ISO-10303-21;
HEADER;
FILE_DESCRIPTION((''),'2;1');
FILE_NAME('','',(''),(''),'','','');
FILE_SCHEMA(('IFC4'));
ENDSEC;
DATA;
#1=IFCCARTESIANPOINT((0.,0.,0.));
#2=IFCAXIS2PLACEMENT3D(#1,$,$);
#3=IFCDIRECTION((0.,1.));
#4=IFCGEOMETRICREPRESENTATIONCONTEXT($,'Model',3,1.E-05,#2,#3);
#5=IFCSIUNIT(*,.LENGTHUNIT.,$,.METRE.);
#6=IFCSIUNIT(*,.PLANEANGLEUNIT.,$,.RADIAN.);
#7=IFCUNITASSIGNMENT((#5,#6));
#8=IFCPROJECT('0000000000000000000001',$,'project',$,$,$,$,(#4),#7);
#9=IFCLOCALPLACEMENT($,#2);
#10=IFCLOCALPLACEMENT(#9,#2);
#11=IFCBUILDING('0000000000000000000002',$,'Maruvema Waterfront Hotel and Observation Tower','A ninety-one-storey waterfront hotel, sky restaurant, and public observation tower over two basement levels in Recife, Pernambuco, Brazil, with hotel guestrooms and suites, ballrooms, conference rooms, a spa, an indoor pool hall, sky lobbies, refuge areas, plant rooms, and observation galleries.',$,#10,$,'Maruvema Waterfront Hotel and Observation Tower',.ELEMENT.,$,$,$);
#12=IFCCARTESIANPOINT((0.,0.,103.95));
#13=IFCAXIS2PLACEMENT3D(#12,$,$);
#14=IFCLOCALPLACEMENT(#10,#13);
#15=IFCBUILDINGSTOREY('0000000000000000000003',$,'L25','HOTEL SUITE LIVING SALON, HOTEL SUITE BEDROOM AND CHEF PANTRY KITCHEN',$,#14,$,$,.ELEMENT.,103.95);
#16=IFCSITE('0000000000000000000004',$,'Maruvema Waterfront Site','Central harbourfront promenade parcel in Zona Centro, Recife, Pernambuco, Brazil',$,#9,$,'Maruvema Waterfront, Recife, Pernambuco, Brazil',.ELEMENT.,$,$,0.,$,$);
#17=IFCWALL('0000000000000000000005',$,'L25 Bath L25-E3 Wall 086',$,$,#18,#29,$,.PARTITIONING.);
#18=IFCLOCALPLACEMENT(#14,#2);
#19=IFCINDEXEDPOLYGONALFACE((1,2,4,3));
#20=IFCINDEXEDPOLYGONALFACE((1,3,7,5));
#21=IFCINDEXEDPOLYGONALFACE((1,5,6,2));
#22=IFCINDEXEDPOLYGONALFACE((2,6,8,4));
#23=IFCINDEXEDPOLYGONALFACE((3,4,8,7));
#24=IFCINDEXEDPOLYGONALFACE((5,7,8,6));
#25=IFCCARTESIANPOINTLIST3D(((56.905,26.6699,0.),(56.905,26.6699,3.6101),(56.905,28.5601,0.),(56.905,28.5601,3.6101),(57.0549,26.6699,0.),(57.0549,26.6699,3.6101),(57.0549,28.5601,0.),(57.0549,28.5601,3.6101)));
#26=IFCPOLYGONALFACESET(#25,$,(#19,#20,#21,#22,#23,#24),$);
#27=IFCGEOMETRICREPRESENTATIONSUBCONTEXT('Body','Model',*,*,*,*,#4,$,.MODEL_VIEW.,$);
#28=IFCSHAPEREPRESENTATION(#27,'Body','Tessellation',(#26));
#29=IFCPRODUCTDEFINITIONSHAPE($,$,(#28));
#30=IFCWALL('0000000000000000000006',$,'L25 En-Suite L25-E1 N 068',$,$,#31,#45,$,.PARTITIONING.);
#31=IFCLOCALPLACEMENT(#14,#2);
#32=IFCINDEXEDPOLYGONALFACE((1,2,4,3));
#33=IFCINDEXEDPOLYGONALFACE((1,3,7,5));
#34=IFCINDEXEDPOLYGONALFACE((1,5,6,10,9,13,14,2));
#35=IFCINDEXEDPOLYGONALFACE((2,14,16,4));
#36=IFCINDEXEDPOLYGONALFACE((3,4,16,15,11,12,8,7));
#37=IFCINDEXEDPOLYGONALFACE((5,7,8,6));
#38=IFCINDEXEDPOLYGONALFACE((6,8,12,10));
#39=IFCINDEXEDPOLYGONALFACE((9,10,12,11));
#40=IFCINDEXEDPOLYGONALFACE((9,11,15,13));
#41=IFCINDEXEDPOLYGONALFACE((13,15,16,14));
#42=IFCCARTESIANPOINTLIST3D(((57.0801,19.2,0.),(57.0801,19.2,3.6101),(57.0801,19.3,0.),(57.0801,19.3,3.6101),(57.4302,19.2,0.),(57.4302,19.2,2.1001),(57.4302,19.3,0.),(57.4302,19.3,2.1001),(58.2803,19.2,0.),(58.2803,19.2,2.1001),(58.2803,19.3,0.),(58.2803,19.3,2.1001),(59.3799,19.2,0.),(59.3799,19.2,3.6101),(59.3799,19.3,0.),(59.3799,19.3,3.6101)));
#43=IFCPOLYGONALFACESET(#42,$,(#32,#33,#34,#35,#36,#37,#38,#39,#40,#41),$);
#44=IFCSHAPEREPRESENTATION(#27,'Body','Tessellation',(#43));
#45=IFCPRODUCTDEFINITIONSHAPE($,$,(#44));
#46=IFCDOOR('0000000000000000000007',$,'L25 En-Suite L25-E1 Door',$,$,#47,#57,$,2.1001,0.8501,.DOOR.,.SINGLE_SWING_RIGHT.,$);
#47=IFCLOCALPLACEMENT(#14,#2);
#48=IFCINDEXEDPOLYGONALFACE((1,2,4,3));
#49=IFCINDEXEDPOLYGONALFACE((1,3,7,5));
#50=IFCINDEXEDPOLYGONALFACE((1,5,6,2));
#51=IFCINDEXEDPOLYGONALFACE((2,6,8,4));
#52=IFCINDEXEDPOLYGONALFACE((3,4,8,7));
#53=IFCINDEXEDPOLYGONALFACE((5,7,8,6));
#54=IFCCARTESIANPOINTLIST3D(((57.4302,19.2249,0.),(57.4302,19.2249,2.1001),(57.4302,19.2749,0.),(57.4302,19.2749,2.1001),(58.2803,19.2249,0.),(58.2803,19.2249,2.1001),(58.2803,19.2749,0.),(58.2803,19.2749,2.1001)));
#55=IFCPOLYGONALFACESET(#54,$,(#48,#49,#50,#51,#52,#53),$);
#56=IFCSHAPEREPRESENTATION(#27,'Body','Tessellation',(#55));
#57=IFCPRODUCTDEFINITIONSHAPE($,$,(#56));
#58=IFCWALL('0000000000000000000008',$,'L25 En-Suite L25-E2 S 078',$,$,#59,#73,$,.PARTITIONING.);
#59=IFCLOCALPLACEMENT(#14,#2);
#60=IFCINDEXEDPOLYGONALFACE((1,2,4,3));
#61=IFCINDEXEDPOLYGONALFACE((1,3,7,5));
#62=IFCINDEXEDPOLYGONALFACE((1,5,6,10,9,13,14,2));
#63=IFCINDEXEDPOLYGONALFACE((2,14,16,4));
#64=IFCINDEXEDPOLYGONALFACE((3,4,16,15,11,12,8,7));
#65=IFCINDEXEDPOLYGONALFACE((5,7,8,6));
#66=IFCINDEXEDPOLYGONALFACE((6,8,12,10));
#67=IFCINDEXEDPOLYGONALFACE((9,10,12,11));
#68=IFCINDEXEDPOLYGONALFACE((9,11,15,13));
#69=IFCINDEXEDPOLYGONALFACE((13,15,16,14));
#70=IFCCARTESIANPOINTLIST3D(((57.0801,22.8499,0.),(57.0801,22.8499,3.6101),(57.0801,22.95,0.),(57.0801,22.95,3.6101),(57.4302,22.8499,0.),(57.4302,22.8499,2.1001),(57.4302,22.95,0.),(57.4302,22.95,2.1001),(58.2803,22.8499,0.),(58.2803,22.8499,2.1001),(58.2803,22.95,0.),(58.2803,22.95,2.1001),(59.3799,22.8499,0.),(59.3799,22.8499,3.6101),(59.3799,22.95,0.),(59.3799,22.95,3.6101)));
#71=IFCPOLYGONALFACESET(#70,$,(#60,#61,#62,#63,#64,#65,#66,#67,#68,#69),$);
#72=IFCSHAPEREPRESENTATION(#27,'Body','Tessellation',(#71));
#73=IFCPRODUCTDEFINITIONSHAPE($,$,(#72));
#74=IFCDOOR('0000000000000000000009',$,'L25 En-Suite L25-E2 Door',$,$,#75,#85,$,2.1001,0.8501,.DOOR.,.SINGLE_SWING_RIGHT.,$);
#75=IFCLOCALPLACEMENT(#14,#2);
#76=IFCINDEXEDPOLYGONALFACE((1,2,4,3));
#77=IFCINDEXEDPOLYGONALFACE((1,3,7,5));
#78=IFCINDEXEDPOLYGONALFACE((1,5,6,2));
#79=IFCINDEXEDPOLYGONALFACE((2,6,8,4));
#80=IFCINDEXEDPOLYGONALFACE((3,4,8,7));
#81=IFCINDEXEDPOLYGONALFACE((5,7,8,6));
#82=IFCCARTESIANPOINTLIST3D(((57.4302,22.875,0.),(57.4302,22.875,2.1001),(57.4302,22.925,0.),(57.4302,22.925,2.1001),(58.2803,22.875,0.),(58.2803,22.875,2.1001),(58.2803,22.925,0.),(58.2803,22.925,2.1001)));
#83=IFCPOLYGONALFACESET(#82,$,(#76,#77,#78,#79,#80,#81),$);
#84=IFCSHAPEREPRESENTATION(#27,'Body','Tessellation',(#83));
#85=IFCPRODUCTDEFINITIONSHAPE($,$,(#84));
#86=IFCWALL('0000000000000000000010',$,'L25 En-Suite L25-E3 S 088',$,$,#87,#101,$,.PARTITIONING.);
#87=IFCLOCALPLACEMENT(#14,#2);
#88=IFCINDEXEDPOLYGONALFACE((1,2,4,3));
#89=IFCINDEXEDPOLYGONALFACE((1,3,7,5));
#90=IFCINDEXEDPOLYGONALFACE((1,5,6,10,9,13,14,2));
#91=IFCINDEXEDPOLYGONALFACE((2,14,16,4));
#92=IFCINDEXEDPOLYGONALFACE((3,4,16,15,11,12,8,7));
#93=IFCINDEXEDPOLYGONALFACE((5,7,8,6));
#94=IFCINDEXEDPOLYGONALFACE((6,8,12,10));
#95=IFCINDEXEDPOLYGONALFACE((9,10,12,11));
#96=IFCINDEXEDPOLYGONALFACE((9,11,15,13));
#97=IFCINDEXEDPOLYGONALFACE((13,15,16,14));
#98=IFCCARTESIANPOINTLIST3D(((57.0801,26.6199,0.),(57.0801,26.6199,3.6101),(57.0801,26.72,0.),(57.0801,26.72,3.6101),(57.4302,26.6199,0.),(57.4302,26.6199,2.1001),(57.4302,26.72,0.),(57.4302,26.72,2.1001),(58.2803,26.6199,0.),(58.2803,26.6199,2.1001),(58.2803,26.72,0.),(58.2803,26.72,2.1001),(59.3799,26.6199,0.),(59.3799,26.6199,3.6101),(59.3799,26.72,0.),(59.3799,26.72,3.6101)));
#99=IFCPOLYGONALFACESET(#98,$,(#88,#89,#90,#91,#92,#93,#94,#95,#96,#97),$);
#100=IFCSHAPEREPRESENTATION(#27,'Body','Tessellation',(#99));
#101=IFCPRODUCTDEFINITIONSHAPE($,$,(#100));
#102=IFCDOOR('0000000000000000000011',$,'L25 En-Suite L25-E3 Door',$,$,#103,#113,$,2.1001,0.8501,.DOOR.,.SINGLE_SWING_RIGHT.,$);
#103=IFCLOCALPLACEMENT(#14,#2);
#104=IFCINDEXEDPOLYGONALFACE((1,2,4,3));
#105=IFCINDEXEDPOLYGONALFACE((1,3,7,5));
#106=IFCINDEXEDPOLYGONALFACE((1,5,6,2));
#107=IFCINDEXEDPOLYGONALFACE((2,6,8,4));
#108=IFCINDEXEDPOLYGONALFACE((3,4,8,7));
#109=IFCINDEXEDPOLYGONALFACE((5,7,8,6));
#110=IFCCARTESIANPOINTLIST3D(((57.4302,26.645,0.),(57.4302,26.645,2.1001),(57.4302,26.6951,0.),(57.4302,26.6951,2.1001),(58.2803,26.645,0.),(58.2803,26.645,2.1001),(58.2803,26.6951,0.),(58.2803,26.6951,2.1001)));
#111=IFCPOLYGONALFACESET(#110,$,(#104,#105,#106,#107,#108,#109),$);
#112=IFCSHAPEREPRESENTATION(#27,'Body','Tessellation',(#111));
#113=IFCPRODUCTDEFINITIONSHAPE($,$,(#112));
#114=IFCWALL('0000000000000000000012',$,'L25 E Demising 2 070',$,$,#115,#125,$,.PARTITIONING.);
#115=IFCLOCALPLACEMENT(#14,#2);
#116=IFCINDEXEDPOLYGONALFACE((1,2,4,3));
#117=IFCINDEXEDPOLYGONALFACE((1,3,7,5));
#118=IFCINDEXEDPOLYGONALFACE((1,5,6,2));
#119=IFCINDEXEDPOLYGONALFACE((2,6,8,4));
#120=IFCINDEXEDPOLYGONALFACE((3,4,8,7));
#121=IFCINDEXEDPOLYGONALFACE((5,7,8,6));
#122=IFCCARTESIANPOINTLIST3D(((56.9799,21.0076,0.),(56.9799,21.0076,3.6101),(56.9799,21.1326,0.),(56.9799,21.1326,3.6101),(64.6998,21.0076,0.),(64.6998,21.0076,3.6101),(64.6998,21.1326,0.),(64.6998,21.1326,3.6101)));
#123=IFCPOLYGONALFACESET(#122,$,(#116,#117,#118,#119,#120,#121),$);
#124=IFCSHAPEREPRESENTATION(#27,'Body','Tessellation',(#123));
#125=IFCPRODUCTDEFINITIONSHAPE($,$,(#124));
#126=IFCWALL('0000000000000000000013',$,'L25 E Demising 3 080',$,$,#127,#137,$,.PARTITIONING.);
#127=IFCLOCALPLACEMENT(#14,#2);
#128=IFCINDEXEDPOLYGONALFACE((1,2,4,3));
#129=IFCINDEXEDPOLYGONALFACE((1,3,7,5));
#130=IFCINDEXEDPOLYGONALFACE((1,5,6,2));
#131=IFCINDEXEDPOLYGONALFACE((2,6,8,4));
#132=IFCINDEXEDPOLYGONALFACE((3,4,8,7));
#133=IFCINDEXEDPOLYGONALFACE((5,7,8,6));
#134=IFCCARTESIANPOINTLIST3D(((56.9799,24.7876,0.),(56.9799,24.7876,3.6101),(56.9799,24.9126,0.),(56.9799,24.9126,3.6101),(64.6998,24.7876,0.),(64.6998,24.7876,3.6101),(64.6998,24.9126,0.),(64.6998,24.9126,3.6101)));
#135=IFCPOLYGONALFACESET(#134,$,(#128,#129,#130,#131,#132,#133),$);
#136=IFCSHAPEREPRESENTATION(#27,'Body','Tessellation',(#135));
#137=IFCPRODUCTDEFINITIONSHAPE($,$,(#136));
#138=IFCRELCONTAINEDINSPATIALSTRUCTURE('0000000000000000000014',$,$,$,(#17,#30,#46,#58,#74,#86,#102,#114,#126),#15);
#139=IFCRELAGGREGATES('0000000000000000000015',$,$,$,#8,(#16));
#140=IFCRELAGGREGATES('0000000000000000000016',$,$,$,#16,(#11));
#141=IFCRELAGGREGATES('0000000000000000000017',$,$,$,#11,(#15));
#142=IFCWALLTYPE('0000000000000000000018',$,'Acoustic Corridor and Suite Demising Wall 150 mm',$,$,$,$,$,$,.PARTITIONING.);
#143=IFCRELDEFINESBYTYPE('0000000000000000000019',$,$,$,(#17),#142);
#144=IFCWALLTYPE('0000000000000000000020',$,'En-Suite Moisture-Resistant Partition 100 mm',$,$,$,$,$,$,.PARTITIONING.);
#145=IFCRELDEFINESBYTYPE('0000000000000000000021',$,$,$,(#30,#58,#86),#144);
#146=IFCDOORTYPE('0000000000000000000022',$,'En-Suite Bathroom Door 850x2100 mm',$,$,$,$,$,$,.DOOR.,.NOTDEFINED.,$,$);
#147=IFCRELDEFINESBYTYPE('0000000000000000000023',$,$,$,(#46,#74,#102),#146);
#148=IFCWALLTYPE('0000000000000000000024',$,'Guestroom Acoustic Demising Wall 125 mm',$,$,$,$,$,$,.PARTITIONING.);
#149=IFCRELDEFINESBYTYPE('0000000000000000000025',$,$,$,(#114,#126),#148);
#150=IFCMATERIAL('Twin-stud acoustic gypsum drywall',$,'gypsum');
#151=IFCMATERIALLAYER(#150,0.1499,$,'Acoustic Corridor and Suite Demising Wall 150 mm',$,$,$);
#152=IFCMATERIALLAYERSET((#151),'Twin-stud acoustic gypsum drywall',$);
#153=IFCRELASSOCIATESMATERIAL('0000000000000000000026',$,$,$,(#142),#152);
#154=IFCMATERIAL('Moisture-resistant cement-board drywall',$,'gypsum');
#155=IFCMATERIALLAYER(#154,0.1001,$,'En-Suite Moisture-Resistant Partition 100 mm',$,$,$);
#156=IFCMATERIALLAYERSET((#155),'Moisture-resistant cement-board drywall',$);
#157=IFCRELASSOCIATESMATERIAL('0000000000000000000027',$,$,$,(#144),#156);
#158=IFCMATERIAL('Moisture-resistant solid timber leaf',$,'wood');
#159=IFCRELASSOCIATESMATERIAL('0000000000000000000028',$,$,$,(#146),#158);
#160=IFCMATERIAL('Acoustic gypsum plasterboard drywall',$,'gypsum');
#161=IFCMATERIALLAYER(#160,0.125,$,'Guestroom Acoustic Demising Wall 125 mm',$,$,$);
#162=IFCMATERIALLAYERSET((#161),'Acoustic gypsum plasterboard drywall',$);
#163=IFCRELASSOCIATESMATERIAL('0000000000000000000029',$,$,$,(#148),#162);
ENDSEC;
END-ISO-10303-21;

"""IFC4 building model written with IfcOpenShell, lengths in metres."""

from ifc_helpers import new_model, si_unit, direction, frame, frame_2d, origin, place, context, subcontext, project, spatial, rectangle, extrude, material, layer, layer_set, type_object, element, fill, save


model = new_model("IFC4")

# Units and contexts
model_context = context("Model", 3, precision=1e-05, world=origin(), true_north=direction((0.0, 1.0)))
body_context = subcontext(model_context, "Body", "Model", "MODEL_VIEW")
ifc_project = project(units=[si_unit("LENGTHUNIT", "METRE"), si_unit("PLANEANGLEUNIT", "RADIAN")], contexts=[model_context])

# Site, building, storey
site_placement = place(None, origin())
site = spatial("IfcSite", under=ifc_project, at=site_placement, Name="Maruvema Waterfront Site", Description="Central harbourfront promenade parcel in Zona Centro, Recife, Pernambuco, Brazil", LongName="Maruvema Waterfront, Recife, Pernambuco, Brazil", CompositionType="ELEMENT", RefElevation=0.0)
building_placement = place(site_placement, origin())
building = spatial("IfcBuilding", under=site, at=building_placement, Name="Maruvema Waterfront Hotel and Observation Tower", Description="A ninety-one-storey waterfront hotel, sky restaurant, and public observation tower over two basement levels in Recife, Pernambuco, Brazil, with hotel guestrooms and suites, ballrooms, conference rooms, a spa, an indoor pool hall, sky lobbies, refuge areas, plant rooms, and observation galleries.", LongName="Maruvema Waterfront Hotel and Observation Tower", CompositionType="ELEMENT")
storey_placement = place(building_placement, frame((0.0, 0.0, 103.95)))
storey = spatial("IfcBuildingStorey", under=building, at=storey_placement, Name="L25", Description="HOTEL SUITE LIVING SALON, HOTEL SUITE BEDROOM AND CHEF PANTRY KITCHEN", CompositionType="ELEMENT", Elevation=103.95)

# Shared definitions
ifc_material_1 = material(Name="Twin-stud acoustic gypsum drywall", Category="gypsum")
ifc_layer_1 = layer(ifc_material_1, 0.1499, Name="Acoustic Corridor and Suite Demising Wall 150 mm")
ifc_layer_set_1 = layer_set([ifc_layer_1], Name="Twin-stud acoustic gypsum drywall")
wall_type_1 = type_object("IfcWallType", Name="Acoustic Corridor and Suite Demising Wall 150 mm", PredefinedType="PARTITIONING", material=ifc_layer_set_1)

# Wall
wall_1_placement = place(storey_placement, frame((56.98, 26.6699, 0.0), z_axis=(0.0, 0.0, 1.0), x_axis=(0.0, 1.0, 0.0)))
element("IfcWall", 1, at=wall_1_placement, inside=storey, type_object=wall_type_1, Name="L25 Bath L25-E3 Wall 086", PredefinedType="PARTITIONING", context=body_context, shape_type="SweptSolid", body=[
    extrude(rectangle(XDim=1.8901, YDim=0.1499, at=frame_2d((0.9451, 0.0))), origin(), (0.0, 0.0, 1.0), 3.6101),
])

# Walls, openings, doors
ifc_material_2 = material(Name="Moisture-resistant cement-board drywall", Category="gypsum")
ifc_layer_2 = layer(ifc_material_2, 0.1001, Name="En-Suite Moisture-Resistant Partition 100 mm")
ifc_layer_set_2 = layer_set([ifc_layer_2], Name="Moisture-resistant cement-board drywall")
wall_type_2 = type_object("IfcWallType", Name="En-Suite Moisture-Resistant Partition 100 mm", PredefinedType="PARTITIONING", material=ifc_layer_set_2)
wall_2_placement = place(storey_placement, frame((57.0801, 19.25, 0.0), z_axis=(0.0, 0.0, 1.0), x_axis=(1.0, 0.0, 0.0)))
wall_2 = element("IfcWall", 2, at=wall_2_placement, inside=storey, type_object=wall_type_2, Name="L25 En-Suite L25-E1 N 068", PredefinedType="PARTITIONING", context=body_context, shape_type="SweptSolid", body=[
    extrude(rectangle(XDim=2.2998, YDim=0.1001, at=frame_2d((1.1499, 0.0))), origin(), (0.0, 0.0, 1.0), 3.6101),
])
opening_1_placement = place(wall_2_placement, frame((0.3501, 0.0, 0.0)))
opening_1 = element("IfcOpeningElement", 3, at=opening_1_placement, cuts=wall_2, PredefinedType="OPENING", context=body_context, shape_type="SweptSolid", body=[
    extrude(rectangle(XDim=0.8501, YDim=2.1001, at=frame_2d((0.425, 1.05))), frame((0.0, 0.0601, 0.0), z_axis=(0.0, -1.0, 0.0), x_axis=(1.0, 0.0, 0.0)), (0.0, 0.0, 1.0), 0.1201),
])
ifc_material_3 = material(Name="Moisture-resistant solid timber leaf", Category="wood")
door_type_1 = type_object("IfcDoorType", Name="En-Suite Bathroom Door 850x2100 mm", OperationType="NOTDEFINED", PredefinedType="DOOR", material=ifc_material_3)
door_1_placement = place(opening_1_placement, origin())
door_1 = element("IfcDoor", 4, at=door_1_placement, inside=storey, type_object=door_type_1, Name="L25 En-Suite L25-E1 Door", OperationType="SINGLE_SWING_RIGHT", OverallHeight=2.1001, OverallWidth=0.8501, PredefinedType="DOOR", context=body_context, shape_type="SweptSolid", body=[
    extrude(rectangle(XDim=0.8501, YDim=2.1001, at=frame_2d((0.425, 1.05))), frame((0.0, 0.0249, 0.0), z_axis=(0.0, -1.0, 0.0), x_axis=(1.0, 0.0, 0.0)), (0.0, 0.0, 1.0), 0.05),
])
fill(opening_1, door_1)
wall_3_placement = place(storey_placement, frame((57.0801, 22.8999, 0.0), z_axis=(0.0, 0.0, 1.0), x_axis=(1.0, 0.0, 0.0)))
wall_3 = element("IfcWall", 5, at=wall_3_placement, inside=storey, type_object=wall_type_2, Name="L25 En-Suite L25-E2 S 078", PredefinedType="PARTITIONING", context=body_context, shape_type="SweptSolid", body=[
    extrude(rectangle(XDim=2.2998, YDim=0.1001, at=frame_2d((1.1499, 0.0))), origin(), (0.0, 0.0, 1.0), 3.6101),
])
opening_2_placement = place(wall_3_placement, frame((0.3501, 0.0, 0.0)))
opening_2 = element("IfcOpeningElement", 6, at=opening_2_placement, cuts=wall_3, PredefinedType="OPENING", context=body_context, shape_type="SweptSolid", body=[
    extrude(rectangle(XDim=0.8501, YDim=2.1001, at=frame_2d((0.425, 1.05))), frame((0.0, 0.0601, 0.0), z_axis=(0.0, -1.0, 0.0), x_axis=(1.0, 0.0, 0.0)), (0.0, 0.0, 1.0), 0.1201),
])
door_2_placement = place(opening_2_placement, frame((0.8501, 0.0, 0.0), z_axis=(0.0, 0.0, 1.0), x_axis=(-1.0, 0.0, 0.0)))
door_2 = element("IfcDoor", 7, at=door_2_placement, inside=storey, type_object=door_type_1, Name="L25 En-Suite L25-E2 Door", OperationType="SINGLE_SWING_RIGHT", OverallHeight=2.1001, OverallWidth=0.8501, PredefinedType="DOOR", context=body_context, shape_type="SweptSolid", body=[
    extrude(rectangle(XDim=0.8501, YDim=2.1001, at=frame_2d((0.425, 1.05))), frame((0.0, 0.0249, 0.0), z_axis=(0.0, -1.0, 0.0), x_axis=(1.0, 0.0, 0.0)), (0.0, 0.0, 1.0), 0.05),
])
fill(opening_2, door_2)
wall_4_placement = place(storey_placement, frame((57.0801, 26.6699, 0.0), z_axis=(0.0, 0.0, 1.0), x_axis=(1.0, 0.0, 0.0)))
wall_4 = element("IfcWall", 8, at=wall_4_placement, inside=storey, type_object=wall_type_2, Name="L25 En-Suite L25-E3 S 088", PredefinedType="PARTITIONING", context=body_context, shape_type="SweptSolid", body=[
    extrude(rectangle(XDim=2.2998, YDim=0.1001, at=frame_2d((1.1499, 0.0))), origin(), (0.0, 0.0, 1.0), 3.6101),
])
opening_3_placement = place(wall_4_placement, frame((0.3501, 0.0, 0.0)))
opening_3 = element("IfcOpeningElement", 9, at=opening_3_placement, cuts=wall_4, PredefinedType="OPENING", context=body_context, shape_type="SweptSolid", body=[
    extrude(rectangle(XDim=0.8501, YDim=2.1001, at=frame_2d((0.425, 1.05))), frame((0.0, 0.0601, 0.0), z_axis=(0.0, -1.0, 0.0), x_axis=(1.0, 0.0, 0.0)), (0.0, 0.0, 1.0), 0.1201),
])
door_3_placement = place(opening_3_placement, frame((0.8501, 0.0, 0.0), z_axis=(0.0, 0.0, 1.0), x_axis=(-1.0, 0.0, 0.0)))
door_3 = element("IfcDoor", 10, at=door_3_placement, inside=storey, type_object=door_type_1, Name="L25 En-Suite L25-E3 Door", OperationType="SINGLE_SWING_RIGHT", OverallHeight=2.1001, OverallWidth=0.8501, PredefinedType="DOOR", context=body_context, shape_type="SweptSolid", body=[
    extrude(rectangle(XDim=0.8501, YDim=2.1001, at=frame_2d((0.425, 1.05))), frame((0.0, 0.0249, 0.0), z_axis=(0.0, -1.0, 0.0), x_axis=(1.0, 0.0, 0.0)), (0.0, 0.0, 1.0), 0.05),
])
fill(opening_3, door_3)

# Walls
ifc_material_4 = material(Name="Acoustic gypsum plasterboard drywall", Category="gypsum")
ifc_layer_3 = layer(ifc_material_4, 0.125, Name="Guestroom Acoustic Demising Wall 125 mm")
ifc_layer_set_3 = layer_set([ifc_layer_3], Name="Acoustic gypsum plasterboard drywall")
wall_type_3 = type_object("IfcWallType", Name="Guestroom Acoustic Demising Wall 125 mm", PredefinedType="PARTITIONING", material=ifc_layer_set_3)
for number, where, z_axis, x_axis, name in (
    (11, (56.98, 21.0701, 0.0), (0.0, 0.0, 1.0), (1.0, 0.0, 0.0), "L25 E Demising 2 070"),
    (12, (56.98, 24.8501, 0.0), (0.0, 0.0, 1.0), (1.0, 0.0, 0.0), "L25 E Demising 3 080"),
):
    element("IfcWall", number, at=place(storey_placement, frame(where, z_axis=z_axis, x_axis=x_axis)), inside=storey, type_object=wall_type_3, Name=name, PredefinedType="PARTITIONING", context=body_context, shape_type="SweptSolid", body=[
        extrude(rectangle(XDim=7.72, YDim=0.125, at=frame_2d((3.8599, 0.0))), origin(), (0.0, 0.0, 1.0), 3.6101),
    ])

save(model, "model.ifc")
